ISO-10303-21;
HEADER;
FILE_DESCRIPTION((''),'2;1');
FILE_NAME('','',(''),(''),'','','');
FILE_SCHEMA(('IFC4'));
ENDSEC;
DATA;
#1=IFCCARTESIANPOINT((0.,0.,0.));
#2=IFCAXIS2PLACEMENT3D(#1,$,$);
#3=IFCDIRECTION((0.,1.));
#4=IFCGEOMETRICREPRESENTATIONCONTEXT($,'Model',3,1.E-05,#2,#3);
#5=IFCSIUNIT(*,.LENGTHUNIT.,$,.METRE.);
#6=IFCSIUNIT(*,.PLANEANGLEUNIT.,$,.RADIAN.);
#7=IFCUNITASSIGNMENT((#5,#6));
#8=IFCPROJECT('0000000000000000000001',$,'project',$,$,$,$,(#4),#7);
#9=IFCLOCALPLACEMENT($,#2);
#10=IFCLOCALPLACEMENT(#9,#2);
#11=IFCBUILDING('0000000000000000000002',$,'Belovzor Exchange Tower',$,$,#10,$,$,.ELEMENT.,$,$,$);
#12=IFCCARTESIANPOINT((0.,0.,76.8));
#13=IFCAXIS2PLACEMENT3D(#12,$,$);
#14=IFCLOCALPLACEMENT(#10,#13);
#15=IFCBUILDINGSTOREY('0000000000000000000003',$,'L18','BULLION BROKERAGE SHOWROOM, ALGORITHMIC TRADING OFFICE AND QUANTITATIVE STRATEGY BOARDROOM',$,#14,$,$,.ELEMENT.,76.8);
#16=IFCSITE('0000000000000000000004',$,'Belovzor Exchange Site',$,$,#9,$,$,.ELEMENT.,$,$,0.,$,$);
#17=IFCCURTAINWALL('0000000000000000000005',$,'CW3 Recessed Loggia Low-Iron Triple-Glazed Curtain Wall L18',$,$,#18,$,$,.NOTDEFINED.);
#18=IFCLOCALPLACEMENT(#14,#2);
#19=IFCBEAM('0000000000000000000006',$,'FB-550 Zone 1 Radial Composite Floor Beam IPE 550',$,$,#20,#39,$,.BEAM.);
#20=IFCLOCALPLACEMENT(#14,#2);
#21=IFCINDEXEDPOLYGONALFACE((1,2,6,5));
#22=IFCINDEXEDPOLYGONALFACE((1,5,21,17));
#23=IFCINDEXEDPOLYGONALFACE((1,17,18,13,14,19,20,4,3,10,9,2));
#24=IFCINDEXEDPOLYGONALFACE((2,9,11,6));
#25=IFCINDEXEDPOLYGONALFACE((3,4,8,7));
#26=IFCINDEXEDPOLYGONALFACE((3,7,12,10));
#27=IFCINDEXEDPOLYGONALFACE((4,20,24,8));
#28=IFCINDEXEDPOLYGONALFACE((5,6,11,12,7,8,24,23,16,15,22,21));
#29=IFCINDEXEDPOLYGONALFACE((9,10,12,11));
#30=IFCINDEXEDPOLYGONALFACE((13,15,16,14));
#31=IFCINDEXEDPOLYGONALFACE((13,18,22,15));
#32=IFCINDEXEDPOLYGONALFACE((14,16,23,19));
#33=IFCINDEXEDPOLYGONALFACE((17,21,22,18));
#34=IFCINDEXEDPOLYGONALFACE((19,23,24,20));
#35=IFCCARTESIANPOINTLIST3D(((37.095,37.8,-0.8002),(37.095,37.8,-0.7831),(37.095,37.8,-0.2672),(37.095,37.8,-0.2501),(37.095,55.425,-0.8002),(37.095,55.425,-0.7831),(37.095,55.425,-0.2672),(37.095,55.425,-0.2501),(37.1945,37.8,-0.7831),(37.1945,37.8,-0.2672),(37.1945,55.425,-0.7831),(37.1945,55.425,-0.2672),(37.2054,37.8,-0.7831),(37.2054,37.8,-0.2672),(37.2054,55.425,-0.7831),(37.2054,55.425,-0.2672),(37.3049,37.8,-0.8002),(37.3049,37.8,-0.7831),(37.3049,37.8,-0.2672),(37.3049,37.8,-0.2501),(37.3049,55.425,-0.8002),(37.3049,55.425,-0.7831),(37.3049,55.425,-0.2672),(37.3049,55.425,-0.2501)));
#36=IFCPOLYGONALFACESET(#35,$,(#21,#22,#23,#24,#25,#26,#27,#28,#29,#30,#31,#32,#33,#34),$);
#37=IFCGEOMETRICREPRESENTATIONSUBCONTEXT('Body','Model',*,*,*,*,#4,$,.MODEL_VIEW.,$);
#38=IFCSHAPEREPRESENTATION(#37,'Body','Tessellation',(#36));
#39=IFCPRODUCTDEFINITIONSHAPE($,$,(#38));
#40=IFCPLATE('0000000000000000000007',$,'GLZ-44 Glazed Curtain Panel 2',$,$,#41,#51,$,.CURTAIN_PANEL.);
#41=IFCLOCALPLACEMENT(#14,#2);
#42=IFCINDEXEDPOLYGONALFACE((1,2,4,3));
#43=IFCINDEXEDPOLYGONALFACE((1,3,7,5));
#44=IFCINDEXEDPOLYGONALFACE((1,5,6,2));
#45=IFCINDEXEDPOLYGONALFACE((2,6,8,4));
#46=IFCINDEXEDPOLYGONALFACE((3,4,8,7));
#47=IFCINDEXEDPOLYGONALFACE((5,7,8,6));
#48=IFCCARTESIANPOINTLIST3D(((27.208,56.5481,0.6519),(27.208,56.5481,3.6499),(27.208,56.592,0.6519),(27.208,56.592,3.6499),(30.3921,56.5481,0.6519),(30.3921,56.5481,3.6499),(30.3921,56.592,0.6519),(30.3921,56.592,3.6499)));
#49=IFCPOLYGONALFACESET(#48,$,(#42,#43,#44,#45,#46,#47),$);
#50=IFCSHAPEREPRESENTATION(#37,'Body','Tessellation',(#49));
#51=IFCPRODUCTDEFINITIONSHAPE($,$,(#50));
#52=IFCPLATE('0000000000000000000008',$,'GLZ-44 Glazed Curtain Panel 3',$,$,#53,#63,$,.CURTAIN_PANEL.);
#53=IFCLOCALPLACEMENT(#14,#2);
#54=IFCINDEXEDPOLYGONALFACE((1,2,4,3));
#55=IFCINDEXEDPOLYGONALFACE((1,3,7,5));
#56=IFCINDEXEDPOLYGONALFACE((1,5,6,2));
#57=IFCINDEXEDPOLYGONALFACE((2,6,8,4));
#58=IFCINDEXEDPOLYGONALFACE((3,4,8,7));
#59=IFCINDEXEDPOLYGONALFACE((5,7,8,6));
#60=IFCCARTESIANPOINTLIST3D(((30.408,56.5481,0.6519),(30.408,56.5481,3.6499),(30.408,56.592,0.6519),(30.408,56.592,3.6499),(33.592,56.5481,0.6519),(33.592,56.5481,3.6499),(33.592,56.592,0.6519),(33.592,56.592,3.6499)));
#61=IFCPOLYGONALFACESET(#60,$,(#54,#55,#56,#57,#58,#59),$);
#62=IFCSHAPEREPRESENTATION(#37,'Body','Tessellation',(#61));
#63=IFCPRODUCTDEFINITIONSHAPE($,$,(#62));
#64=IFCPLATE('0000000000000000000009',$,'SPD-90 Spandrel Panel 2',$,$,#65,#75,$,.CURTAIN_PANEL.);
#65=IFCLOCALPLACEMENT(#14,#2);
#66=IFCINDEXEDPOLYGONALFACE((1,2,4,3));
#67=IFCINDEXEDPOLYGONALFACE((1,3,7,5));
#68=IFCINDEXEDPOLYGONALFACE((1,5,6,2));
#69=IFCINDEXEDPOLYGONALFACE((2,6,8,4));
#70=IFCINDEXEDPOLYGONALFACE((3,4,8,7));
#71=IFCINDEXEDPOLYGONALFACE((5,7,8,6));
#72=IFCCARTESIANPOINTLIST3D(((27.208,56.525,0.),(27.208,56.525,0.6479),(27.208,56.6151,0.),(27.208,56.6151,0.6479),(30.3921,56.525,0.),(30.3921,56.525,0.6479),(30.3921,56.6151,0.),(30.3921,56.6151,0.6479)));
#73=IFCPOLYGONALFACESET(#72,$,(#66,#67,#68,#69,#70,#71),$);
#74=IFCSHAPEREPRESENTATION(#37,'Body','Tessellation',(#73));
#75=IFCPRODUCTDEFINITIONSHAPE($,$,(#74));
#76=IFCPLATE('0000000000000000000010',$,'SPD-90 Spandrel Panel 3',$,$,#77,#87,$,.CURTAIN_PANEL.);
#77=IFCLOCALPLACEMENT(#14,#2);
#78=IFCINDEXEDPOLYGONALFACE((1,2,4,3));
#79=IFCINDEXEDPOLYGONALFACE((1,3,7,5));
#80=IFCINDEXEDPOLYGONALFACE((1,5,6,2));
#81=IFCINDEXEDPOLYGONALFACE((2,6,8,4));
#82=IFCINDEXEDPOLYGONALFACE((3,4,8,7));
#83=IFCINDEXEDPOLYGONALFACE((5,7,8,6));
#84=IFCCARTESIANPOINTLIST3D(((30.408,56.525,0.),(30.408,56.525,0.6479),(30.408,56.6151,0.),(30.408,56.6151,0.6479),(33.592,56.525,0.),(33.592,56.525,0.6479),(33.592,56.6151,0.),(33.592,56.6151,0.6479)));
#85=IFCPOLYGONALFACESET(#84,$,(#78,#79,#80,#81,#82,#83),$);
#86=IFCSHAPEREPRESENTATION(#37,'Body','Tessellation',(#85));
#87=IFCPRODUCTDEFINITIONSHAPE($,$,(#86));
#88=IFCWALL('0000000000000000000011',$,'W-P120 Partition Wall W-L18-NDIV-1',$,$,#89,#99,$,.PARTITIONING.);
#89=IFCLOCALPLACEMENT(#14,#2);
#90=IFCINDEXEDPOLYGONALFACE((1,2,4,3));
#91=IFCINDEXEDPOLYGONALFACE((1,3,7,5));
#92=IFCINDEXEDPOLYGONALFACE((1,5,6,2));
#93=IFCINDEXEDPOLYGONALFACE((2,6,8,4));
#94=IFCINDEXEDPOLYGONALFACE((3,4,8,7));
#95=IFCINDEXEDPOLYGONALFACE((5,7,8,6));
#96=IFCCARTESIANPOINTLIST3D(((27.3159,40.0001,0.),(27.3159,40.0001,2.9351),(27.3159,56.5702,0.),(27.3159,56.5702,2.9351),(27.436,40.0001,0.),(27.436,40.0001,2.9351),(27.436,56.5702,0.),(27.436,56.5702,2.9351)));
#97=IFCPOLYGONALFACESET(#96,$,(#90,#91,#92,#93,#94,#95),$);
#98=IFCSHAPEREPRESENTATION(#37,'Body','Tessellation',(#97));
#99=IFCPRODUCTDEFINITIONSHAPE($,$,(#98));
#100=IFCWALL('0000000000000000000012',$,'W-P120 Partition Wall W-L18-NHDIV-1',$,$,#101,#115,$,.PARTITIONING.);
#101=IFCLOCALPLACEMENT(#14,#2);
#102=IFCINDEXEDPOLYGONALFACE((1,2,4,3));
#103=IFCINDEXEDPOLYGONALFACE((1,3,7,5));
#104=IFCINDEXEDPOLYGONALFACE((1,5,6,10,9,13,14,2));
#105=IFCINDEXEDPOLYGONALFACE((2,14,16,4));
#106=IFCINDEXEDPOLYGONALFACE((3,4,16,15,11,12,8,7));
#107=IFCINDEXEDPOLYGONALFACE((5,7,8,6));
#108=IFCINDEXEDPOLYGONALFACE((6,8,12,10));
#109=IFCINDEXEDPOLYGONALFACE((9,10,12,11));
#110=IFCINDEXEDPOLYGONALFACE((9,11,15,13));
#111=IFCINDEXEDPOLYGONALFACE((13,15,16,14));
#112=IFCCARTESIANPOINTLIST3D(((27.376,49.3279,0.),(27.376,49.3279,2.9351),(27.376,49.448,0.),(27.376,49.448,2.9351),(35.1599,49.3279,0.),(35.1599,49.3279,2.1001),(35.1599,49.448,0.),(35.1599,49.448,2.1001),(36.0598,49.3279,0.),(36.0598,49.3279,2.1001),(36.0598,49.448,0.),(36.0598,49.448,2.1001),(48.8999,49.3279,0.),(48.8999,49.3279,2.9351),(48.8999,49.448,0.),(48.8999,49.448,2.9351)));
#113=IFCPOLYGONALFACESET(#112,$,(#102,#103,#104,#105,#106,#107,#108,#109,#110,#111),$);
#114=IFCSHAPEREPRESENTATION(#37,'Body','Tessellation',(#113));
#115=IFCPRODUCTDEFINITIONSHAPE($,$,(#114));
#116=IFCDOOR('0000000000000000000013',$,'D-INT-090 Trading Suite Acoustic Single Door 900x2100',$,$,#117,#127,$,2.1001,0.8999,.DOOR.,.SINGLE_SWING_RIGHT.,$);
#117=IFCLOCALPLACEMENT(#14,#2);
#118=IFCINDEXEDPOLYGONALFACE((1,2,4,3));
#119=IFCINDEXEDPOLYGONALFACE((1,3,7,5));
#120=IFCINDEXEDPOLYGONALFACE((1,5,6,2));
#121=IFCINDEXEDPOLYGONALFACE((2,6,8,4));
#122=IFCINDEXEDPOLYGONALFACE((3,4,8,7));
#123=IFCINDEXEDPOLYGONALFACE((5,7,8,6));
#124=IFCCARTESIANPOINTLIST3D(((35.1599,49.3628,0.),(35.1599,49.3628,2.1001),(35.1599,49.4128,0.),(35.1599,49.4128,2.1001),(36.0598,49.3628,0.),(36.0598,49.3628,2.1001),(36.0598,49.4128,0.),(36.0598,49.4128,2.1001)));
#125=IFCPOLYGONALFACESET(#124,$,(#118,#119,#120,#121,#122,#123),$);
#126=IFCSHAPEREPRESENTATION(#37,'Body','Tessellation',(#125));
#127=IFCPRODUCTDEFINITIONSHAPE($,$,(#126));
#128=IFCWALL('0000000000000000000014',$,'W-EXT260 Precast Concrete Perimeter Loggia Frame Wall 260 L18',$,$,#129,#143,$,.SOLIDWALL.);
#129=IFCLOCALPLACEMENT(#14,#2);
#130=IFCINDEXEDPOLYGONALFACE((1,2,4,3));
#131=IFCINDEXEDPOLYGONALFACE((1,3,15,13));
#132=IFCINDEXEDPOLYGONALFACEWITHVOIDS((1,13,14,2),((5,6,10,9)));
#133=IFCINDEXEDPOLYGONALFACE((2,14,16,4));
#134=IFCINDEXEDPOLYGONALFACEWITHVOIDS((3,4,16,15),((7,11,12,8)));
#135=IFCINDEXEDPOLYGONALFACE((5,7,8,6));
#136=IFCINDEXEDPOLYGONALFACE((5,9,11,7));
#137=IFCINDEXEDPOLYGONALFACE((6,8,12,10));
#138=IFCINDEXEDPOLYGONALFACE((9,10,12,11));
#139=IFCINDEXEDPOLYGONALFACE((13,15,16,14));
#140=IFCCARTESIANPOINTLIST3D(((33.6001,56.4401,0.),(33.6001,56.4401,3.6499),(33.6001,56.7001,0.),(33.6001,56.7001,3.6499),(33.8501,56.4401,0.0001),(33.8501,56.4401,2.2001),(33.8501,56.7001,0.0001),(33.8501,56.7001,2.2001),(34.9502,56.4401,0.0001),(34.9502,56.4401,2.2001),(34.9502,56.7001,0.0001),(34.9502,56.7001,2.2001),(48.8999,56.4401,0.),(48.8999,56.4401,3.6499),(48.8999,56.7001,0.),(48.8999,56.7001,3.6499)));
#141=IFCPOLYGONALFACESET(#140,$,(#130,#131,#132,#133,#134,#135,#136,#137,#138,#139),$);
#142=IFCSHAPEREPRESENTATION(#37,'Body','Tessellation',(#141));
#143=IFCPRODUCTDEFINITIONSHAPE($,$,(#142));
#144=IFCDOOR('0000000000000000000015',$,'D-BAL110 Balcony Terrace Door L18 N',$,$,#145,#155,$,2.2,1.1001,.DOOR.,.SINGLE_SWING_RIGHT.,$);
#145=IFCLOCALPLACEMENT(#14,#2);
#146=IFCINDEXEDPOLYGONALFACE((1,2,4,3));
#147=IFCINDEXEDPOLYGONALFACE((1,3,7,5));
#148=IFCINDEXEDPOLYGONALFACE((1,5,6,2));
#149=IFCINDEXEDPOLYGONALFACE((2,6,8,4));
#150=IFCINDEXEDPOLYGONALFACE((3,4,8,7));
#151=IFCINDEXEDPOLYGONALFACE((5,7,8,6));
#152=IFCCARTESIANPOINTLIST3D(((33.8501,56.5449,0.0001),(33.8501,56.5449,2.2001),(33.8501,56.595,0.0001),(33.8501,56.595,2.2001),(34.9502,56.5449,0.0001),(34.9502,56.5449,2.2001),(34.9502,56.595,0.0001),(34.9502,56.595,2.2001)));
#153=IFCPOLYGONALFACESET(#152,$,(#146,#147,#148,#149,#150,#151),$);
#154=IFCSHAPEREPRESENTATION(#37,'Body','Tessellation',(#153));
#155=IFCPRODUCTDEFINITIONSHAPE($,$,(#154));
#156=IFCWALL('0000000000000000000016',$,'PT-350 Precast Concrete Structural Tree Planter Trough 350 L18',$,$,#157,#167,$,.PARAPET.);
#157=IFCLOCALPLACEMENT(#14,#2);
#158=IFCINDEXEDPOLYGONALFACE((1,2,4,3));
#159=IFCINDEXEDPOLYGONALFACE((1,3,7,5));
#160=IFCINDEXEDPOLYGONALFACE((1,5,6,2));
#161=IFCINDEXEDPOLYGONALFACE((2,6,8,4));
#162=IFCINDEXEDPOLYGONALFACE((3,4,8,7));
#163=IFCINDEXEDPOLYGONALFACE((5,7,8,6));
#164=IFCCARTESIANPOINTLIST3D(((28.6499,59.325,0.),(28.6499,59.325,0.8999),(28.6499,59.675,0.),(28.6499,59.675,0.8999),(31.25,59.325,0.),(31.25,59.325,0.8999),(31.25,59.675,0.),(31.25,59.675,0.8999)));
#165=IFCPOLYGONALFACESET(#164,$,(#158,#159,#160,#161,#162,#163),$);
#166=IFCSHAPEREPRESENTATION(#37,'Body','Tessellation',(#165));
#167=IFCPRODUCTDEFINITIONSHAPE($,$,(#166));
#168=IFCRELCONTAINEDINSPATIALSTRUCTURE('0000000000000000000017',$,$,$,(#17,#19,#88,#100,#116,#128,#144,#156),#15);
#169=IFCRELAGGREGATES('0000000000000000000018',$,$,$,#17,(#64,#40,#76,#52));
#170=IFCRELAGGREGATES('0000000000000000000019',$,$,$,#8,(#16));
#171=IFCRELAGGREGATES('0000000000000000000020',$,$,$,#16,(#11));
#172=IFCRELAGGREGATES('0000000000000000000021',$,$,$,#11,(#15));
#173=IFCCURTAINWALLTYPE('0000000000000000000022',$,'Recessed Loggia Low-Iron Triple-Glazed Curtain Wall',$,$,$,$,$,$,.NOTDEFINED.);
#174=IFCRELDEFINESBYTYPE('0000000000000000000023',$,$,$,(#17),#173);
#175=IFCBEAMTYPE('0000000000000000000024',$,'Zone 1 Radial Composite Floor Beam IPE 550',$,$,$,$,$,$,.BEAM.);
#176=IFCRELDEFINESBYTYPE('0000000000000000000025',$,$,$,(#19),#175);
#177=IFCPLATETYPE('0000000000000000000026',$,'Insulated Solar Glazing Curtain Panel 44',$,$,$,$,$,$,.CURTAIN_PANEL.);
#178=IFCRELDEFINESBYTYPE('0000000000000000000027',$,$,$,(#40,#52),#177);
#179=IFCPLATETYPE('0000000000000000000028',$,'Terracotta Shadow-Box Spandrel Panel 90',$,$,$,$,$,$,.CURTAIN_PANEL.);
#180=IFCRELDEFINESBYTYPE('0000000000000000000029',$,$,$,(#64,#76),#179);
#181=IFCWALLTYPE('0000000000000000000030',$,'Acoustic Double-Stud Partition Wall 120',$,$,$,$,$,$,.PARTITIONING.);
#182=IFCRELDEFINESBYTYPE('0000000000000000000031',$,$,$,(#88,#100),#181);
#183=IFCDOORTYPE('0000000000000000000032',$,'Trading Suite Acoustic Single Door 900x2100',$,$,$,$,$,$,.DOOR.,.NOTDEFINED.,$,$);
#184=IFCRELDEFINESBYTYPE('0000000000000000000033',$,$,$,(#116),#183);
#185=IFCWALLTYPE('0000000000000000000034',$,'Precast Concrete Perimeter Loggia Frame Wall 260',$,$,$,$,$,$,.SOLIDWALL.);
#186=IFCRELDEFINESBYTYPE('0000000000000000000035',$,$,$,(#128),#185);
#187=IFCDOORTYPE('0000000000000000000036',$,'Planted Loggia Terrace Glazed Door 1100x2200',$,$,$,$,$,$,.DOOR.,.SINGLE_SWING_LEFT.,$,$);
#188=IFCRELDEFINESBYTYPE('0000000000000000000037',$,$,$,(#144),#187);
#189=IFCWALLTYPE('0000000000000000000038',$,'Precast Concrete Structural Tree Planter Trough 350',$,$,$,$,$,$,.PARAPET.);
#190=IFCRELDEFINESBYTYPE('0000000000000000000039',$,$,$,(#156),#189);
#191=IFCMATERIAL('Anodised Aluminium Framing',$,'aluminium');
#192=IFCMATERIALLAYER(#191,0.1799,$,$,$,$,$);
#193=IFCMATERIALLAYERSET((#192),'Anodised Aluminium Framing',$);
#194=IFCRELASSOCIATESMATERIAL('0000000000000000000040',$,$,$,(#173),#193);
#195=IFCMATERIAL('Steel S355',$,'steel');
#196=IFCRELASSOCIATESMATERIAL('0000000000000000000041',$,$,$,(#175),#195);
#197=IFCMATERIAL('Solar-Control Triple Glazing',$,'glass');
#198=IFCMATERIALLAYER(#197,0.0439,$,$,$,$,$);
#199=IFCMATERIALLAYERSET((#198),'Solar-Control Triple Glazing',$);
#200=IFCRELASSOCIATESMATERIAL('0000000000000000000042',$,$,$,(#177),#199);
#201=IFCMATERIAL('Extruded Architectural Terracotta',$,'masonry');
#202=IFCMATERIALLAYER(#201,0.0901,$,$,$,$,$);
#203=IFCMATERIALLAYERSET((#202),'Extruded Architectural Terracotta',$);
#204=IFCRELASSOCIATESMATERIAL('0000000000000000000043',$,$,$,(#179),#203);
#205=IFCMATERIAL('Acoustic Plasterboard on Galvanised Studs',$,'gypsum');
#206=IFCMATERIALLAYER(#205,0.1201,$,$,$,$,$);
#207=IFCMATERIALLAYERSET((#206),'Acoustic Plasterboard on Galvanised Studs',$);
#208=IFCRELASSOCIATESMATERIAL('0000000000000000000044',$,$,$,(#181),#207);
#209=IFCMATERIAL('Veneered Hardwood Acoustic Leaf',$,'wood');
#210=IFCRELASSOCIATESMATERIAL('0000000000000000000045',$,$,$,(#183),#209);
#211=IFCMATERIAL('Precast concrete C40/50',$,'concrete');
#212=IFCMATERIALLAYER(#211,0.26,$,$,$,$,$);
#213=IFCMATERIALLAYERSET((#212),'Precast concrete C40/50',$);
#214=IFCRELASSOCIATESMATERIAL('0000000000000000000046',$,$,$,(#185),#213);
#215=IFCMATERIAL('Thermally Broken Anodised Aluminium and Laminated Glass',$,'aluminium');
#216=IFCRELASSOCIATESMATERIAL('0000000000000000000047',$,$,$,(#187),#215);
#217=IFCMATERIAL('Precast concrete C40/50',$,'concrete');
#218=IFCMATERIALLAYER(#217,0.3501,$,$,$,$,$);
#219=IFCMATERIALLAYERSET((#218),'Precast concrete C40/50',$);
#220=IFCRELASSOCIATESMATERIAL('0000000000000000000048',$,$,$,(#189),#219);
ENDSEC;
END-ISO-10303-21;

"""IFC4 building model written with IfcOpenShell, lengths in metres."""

from ifc_helpers import new_model, si_unit, direction, frame, frame_2d, origin, origin_2d, place, context, subcontext, project, spatial, rectangle, i_section, extrude, material, layer, layer_set, material_profile, profile_set, type_object, element, fill, aggregate, save


model = new_model("IFC4")

# Units and contexts
model_context = context("Model", 3, precision=1e-05, world=origin(), true_north=direction((0.0, 1.0)))
body_context = subcontext(model_context, "Body", "Model", "MODEL_VIEW")
ifc_project = project(units=[si_unit("LENGTHUNIT", "METRE"), si_unit("PLANEANGLEUNIT", "RADIAN")], contexts=[model_context])

# Site, building, storey
site_placement = place(None, origin())
site = spatial("IfcSite", under=ifc_project, at=site_placement, Name="Belovzor Exchange Site", CompositionType="ELEMENT", RefElevation=0.0)
building_placement = place(site_placement, origin())
building = spatial("IfcBuilding", under=site, at=building_placement, Name="Belovzor Exchange Tower", CompositionType="ELEMENT")
storey_placement = place(building_placement, frame((0.0, 0.0, 76.8)))
storey = spatial("IfcBuildingStorey", under=building, at=storey_placement, Name="L18", Description="BULLION BROKERAGE SHOWROOM, ALGORITHMIC TRADING OFFICE AND QUANTITATIVE STRATEGY BOARDROOM", CompositionType="ELEMENT", Elevation=76.8)

# Curtain wall
ifc_material_1 = material(Name="Anodised Aluminium Framing", Category="aluminium")
ifc_layer_1 = layer(ifc_material_1, 0.1799)
ifc_layer_set_1 = layer_set([ifc_layer_1], Name="Anodised Aluminium Framing")
curtain_wall_type = type_object("IfcCurtainWallType", Name="Recessed Loggia Low-Iron Triple-Glazed Curtain Wall", PredefinedType="NOTDEFINED", material=ifc_layer_set_1)
curtain_wall_placement = place(storey_placement, origin())
curtain_wall = element("IfcCurtainWall", 1, at=curtain_wall_placement, inside=storey, type_object=curtain_wall_type, Name="CW3 Recessed Loggia Low-Iron Triple-Glazed Curtain Wall L18", PredefinedType="NOTDEFINED")

# Beam
ifc_material_2 = material(Name="Steel S355", Category="steel")
ifc_material_profile_1 = material_profile(ifc_material_2, i_section(OverallWidth=0.21, OverallDepth=0.55, WebThickness=0.011, FlangeThickness=0.0171, at=origin_2d()))
ifc_profile_set_1 = profile_set([ifc_material_profile_1], Name="Steel S355")
beam_type_1 = type_object("IfcBeamType", Name="Zone 1 Radial Composite Floor Beam IPE 550", PredefinedType="BEAM", material=ifc_profile_set_1)
beam_1_placement = place(storey_placement, frame((37.2, 37.8, -0.5251), z_axis=(0.0, 1.0, 0.0), x_axis=(-1.0, 0.0, 0.0)))
element("IfcBeam", 2, at=beam_1_placement, inside=storey, type_object=beam_type_1, Name="FB-550 Zone 1 Radial Composite Floor Beam IPE 550", PredefinedType="BEAM", context=body_context, shape_type="SweptSolid", body=[
    extrude(i_section(OverallWidth=0.21, OverallDepth=0.55, WebThickness=0.011, FlangeThickness=0.0171, at=origin_2d()), origin(), (0.0, 0.0, 1.0), 17.625),
])

# Plates
ifc_material_3 = material(Name="Solar-Control Triple Glazing", Category="glass")
ifc_layer_2 = layer(ifc_material_3, 0.0439)
ifc_layer_set_2 = layer_set([ifc_layer_2], Name="Solar-Control Triple Glazing")
plate_type_1 = type_object("IfcPlateType", Name="Insulated Solar Glazing Curtain Panel 44", PredefinedType="CURTAIN_PANEL", material=ifc_layer_set_2)
plate_1_placement = place(storey_placement, frame((28.8, 56.5701, 0.6519), z_axis=(0.0, 0.0, 1.0), x_axis=(1.0, 0.0, 0.0)))
plate_1 = element("IfcPlate", 3, at=plate_1_placement, type_object=plate_type_1, Name="GLZ-44 Glazed Curtain Panel 2", PredefinedType="CURTAIN_PANEL", context=body_context, shape_type="SweptSolid", body=[
    extrude(rectangle(XDim=3.1841, YDim=0.0439, at=origin_2d()), origin(), (0.0, 0.0, 1.0), 2.998),
])
plate_2_placement = place(storey_placement, frame((32.0, 56.5701, 0.6519), z_axis=(0.0, 0.0, 1.0), x_axis=(1.0, 0.0, 0.0)))
plate_2 = element("IfcPlate", 4, at=plate_2_placement, type_object=plate_type_1, Name="GLZ-44 Glazed Curtain Panel 3", PredefinedType="CURTAIN_PANEL", context=body_context, shape_type="SweptSolid", body=[
    extrude(rectangle(XDim=3.1841, YDim=0.0439, at=origin_2d()), origin(), (0.0, 0.0, 1.0), 2.998),
])
ifc_material_4 = material(Name="Extruded Architectural Terracotta", Category="masonry")
ifc_layer_3 = layer(ifc_material_4, 0.0901)
ifc_layer_set_3 = layer_set([ifc_layer_3], Name="Extruded Architectural Terracotta")
plate_type_2 = type_object("IfcPlateType", Name="Terracotta Shadow-Box Spandrel Panel 90", PredefinedType="CURTAIN_PANEL", material=ifc_layer_set_3)
plate_3_placement = place(storey_placement, frame((28.8, 56.5701, 0.0), z_axis=(0.0, 0.0, 1.0), x_axis=(1.0, 0.0, 0.0)))
plate_3 = element("IfcPlate", 5, at=plate_3_placement, type_object=plate_type_2, Name="SPD-90 Spandrel Panel 2", PredefinedType="CURTAIN_PANEL", context=body_context, shape_type="SweptSolid", body=[
    extrude(rectangle(XDim=3.1841, YDim=0.0901, at=origin_2d()), origin(), (0.0, 0.0, 1.0), 0.6479),
])
plate_4_placement = place(storey_placement, frame((32.0, 56.5701, 0.0), z_axis=(0.0, 0.0, 1.0), x_axis=(1.0, 0.0, 0.0)))
plate_4 = element("IfcPlate", 6, at=plate_4_placement, type_object=plate_type_2, Name="SPD-90 Spandrel Panel 3", PredefinedType="CURTAIN_PANEL", context=body_context, shape_type="SweptSolid", body=[
    extrude(rectangle(XDim=3.1841, YDim=0.0901, at=origin_2d()), origin(), (0.0, 0.0, 1.0), 0.6479),
])
aggregate(curtain_wall, [plate_3, plate_1, plate_4, plate_2])

# Wall
ifc_material_5 = material(Name="Acoustic Plasterboard on Galvanised Studs", Category="gypsum")
ifc_layer_4 = layer(ifc_material_5, 0.1201)
ifc_layer_set_4 = layer_set([ifc_layer_4], Name="Acoustic Plasterboard on Galvanised Studs")
wall_type_1 = type_object("IfcWallType", Name="Acoustic Double-Stud Partition Wall 120", PredefinedType="PARTITIONING", material=ifc_layer_set_4)
wall_1_placement = place(storey_placement, frame((27.376, 40.0, 0.0), z_axis=(0.0, 0.0, 1.0), x_axis=(0.0, 1.0, 0.0)))
element("IfcWall", 7, at=wall_1_placement, inside=storey, type_object=wall_type_1, Name="W-P120 Partition Wall W-L18-NDIV-1", PredefinedType="PARTITIONING", context=body_context, shape_type="SweptSolid", body=[
    extrude(rectangle(XDim=16.5701, YDim=0.1201, at=frame_2d((8.2852, 0.0))), origin(), (0.0, 0.0, 1.0), 2.9351),
])

# Walls, openings, doors
wall_2_placement = place(storey_placement, frame((27.376, 49.3879, 0.0), z_axis=(0.0, 0.0, 1.0), x_axis=(1.0, 0.0, 0.0)))
wall_2 = element("IfcWall", 8, at=wall_2_placement, inside=storey, type_object=wall_type_1, Name="W-P120 Partition Wall W-L18-NHDIV-1", PredefinedType="PARTITIONING", context=body_context, shape_type="SweptSolid", body=[
    extrude(rectangle(XDim=21.5239, YDim=0.1201, at=frame_2d((10.762, 0.0))), origin(), (0.0, 0.0, 1.0), 2.9351),
])
opening_1_placement = place(wall_2_placement, frame((7.7839, 0.0, 0.0)))
opening_1 = element("IfcOpeningElement", 9, at=opening_1_placement, cuts=wall_2, PredefinedType="OPENING", context=body_context, shape_type="SweptSolid", body=[
    extrude(rectangle(XDim=0.8999, YDim=2.1001, at=frame_2d((0.45, 1.05))), frame((0.0, 0.0701, 0.0), z_axis=(0.0, -1.0, 0.0), x_axis=(1.0, 0.0, 0.0)), (0.0, 0.0, 1.0), 0.1401),
])
ifc_material_6 = material(Name="Veneered Hardwood Acoustic Leaf", Category="wood")
door_type_1 = type_object("IfcDoorType", Name="Trading Suite Acoustic Single Door 900x2100", OperationType="NOTDEFINED", PredefinedType="DOOR", material=ifc_material_6)
door_1_placement = place(opening_1_placement, origin())
door_1 = element("IfcDoor", 10, at=door_1_placement, inside=storey, type_object=door_type_1, Name="D-INT-090 Trading Suite Acoustic Single Door 900x2100", OperationType="SINGLE_SWING_RIGHT", OverallHeight=2.1001, OverallWidth=0.8999, PredefinedType="DOOR", context=body_context, shape_type="SweptSolid", body=[
    extrude(rectangle(XDim=0.8999, YDim=2.1001, at=frame_2d((0.45, 1.05))), frame((0.0, 0.0249, 0.0), z_axis=(0.0, -1.0, 0.0), x_axis=(1.0, 0.0, 0.0)), (0.0, 0.0, 1.0), 0.05),
])
fill(opening_1, door_1)
ifc_material_7 = material(Name="Precast concrete C40/50", Category="concrete")
ifc_layer_5 = layer(ifc_material_7, 0.26)
ifc_layer_set_5 = layer_set([ifc_layer_5], Name="Precast concrete C40/50")
wall_type_2 = type_object("IfcWallType", Name="Precast Concrete Perimeter Loggia Frame Wall 260", PredefinedType="SOLIDWALL", material=ifc_layer_set_5)
wall_3_placement = place(storey_placement, frame((33.6001, 56.5701, 0.0), z_axis=(0.0, 0.0, 1.0), x_axis=(1.0, 0.0, 0.0)))
wall_3 = element("IfcWall", 11, at=wall_3_placement, inside=storey, type_object=wall_type_2, Name="W-EXT260 Precast Concrete Perimeter Loggia Frame Wall 260 L18", PredefinedType="SOLIDWALL", context=body_context, shape_type="SweptSolid", body=[
    extrude(rectangle(XDim=15.2998, YDim=0.26, at=frame_2d((7.6499, 0.0))), origin(), (0.0, 0.0, 1.0), 3.6499),
])
opening_2_placement = place(wall_3_placement, frame((0.25, 0.0, 0.0)))
opening_2 = element("IfcOpeningElement", 12, at=opening_2_placement, cuts=wall_3, PredefinedType="OPENING", context=body_context, shape_type="SweptSolid", body=[
    extrude(rectangle(XDim=1.1001, YDim=2.2, at=frame_2d((0.55, 1.1001))), frame((0.0, 0.1399, 0.0), z_axis=(0.0, -1.0, 0.0), x_axis=(1.0, 0.0, 0.0)), (0.0, 0.0, 1.0), 0.28),
])
ifc_material_8 = material(Name="Thermally Broken Anodised Aluminium and Laminated Glass", Category="aluminium")
door_type_2 = type_object("IfcDoorType", Name="Planted Loggia Terrace Glazed Door 1100x2200", OperationType="SINGLE_SWING_LEFT", PredefinedType="DOOR", material=ifc_material_8)
door_2_placement = place(opening_2_placement, origin())
door_2 = element("IfcDoor", 13, at=door_2_placement, inside=storey, type_object=door_type_2, Name="D-BAL110 Balcony Terrace Door L18 N", OperationType="SINGLE_SWING_RIGHT", OverallHeight=2.2, OverallWidth=1.1001, PredefinedType="DOOR", context=body_context, shape_type="SweptSolid", body=[
    extrude(rectangle(XDim=1.1001, YDim=2.2, at=frame_2d((0.55, 1.1001))), frame((0.0, 0.0249, 0.0), z_axis=(0.0, -1.0, 0.0), x_axis=(1.0, 0.0, 0.0)), (0.0, 0.0, 1.0), 0.05),
])
fill(opening_2, door_2)

# Wall
ifc_material_9 = material(Name="Precast concrete C40/50", Category="concrete")
ifc_layer_6 = layer(ifc_material_9, 0.3501)
ifc_layer_set_6 = layer_set([ifc_layer_6], Name="Precast concrete C40/50")
wall_type_3 = type_object("IfcWallType", Name="Precast Concrete Structural Tree Planter Trough 350", PredefinedType="PARAPET", material=ifc_layer_set_6)
wall_4_placement = place(storey_placement, frame((28.6499, 59.5, 0.0), z_axis=(0.0, 0.0, 1.0), x_axis=(1.0, 0.0, 0.0)))
element("IfcWall", 14, at=wall_4_placement, inside=storey, type_object=wall_type_3, Name="PT-350 Precast Concrete Structural Tree Planter Trough 350 L18", PredefinedType="PARAPET", context=body_context, shape_type="SweptSolid", body=[
    extrude(rectangle(XDim=2.6001, YDim=0.3501, at=frame_2d((1.3, 0.0))), origin(), (0.0, 0.0, 1.0), 0.8999),
])

save(model, "model.ifc")
